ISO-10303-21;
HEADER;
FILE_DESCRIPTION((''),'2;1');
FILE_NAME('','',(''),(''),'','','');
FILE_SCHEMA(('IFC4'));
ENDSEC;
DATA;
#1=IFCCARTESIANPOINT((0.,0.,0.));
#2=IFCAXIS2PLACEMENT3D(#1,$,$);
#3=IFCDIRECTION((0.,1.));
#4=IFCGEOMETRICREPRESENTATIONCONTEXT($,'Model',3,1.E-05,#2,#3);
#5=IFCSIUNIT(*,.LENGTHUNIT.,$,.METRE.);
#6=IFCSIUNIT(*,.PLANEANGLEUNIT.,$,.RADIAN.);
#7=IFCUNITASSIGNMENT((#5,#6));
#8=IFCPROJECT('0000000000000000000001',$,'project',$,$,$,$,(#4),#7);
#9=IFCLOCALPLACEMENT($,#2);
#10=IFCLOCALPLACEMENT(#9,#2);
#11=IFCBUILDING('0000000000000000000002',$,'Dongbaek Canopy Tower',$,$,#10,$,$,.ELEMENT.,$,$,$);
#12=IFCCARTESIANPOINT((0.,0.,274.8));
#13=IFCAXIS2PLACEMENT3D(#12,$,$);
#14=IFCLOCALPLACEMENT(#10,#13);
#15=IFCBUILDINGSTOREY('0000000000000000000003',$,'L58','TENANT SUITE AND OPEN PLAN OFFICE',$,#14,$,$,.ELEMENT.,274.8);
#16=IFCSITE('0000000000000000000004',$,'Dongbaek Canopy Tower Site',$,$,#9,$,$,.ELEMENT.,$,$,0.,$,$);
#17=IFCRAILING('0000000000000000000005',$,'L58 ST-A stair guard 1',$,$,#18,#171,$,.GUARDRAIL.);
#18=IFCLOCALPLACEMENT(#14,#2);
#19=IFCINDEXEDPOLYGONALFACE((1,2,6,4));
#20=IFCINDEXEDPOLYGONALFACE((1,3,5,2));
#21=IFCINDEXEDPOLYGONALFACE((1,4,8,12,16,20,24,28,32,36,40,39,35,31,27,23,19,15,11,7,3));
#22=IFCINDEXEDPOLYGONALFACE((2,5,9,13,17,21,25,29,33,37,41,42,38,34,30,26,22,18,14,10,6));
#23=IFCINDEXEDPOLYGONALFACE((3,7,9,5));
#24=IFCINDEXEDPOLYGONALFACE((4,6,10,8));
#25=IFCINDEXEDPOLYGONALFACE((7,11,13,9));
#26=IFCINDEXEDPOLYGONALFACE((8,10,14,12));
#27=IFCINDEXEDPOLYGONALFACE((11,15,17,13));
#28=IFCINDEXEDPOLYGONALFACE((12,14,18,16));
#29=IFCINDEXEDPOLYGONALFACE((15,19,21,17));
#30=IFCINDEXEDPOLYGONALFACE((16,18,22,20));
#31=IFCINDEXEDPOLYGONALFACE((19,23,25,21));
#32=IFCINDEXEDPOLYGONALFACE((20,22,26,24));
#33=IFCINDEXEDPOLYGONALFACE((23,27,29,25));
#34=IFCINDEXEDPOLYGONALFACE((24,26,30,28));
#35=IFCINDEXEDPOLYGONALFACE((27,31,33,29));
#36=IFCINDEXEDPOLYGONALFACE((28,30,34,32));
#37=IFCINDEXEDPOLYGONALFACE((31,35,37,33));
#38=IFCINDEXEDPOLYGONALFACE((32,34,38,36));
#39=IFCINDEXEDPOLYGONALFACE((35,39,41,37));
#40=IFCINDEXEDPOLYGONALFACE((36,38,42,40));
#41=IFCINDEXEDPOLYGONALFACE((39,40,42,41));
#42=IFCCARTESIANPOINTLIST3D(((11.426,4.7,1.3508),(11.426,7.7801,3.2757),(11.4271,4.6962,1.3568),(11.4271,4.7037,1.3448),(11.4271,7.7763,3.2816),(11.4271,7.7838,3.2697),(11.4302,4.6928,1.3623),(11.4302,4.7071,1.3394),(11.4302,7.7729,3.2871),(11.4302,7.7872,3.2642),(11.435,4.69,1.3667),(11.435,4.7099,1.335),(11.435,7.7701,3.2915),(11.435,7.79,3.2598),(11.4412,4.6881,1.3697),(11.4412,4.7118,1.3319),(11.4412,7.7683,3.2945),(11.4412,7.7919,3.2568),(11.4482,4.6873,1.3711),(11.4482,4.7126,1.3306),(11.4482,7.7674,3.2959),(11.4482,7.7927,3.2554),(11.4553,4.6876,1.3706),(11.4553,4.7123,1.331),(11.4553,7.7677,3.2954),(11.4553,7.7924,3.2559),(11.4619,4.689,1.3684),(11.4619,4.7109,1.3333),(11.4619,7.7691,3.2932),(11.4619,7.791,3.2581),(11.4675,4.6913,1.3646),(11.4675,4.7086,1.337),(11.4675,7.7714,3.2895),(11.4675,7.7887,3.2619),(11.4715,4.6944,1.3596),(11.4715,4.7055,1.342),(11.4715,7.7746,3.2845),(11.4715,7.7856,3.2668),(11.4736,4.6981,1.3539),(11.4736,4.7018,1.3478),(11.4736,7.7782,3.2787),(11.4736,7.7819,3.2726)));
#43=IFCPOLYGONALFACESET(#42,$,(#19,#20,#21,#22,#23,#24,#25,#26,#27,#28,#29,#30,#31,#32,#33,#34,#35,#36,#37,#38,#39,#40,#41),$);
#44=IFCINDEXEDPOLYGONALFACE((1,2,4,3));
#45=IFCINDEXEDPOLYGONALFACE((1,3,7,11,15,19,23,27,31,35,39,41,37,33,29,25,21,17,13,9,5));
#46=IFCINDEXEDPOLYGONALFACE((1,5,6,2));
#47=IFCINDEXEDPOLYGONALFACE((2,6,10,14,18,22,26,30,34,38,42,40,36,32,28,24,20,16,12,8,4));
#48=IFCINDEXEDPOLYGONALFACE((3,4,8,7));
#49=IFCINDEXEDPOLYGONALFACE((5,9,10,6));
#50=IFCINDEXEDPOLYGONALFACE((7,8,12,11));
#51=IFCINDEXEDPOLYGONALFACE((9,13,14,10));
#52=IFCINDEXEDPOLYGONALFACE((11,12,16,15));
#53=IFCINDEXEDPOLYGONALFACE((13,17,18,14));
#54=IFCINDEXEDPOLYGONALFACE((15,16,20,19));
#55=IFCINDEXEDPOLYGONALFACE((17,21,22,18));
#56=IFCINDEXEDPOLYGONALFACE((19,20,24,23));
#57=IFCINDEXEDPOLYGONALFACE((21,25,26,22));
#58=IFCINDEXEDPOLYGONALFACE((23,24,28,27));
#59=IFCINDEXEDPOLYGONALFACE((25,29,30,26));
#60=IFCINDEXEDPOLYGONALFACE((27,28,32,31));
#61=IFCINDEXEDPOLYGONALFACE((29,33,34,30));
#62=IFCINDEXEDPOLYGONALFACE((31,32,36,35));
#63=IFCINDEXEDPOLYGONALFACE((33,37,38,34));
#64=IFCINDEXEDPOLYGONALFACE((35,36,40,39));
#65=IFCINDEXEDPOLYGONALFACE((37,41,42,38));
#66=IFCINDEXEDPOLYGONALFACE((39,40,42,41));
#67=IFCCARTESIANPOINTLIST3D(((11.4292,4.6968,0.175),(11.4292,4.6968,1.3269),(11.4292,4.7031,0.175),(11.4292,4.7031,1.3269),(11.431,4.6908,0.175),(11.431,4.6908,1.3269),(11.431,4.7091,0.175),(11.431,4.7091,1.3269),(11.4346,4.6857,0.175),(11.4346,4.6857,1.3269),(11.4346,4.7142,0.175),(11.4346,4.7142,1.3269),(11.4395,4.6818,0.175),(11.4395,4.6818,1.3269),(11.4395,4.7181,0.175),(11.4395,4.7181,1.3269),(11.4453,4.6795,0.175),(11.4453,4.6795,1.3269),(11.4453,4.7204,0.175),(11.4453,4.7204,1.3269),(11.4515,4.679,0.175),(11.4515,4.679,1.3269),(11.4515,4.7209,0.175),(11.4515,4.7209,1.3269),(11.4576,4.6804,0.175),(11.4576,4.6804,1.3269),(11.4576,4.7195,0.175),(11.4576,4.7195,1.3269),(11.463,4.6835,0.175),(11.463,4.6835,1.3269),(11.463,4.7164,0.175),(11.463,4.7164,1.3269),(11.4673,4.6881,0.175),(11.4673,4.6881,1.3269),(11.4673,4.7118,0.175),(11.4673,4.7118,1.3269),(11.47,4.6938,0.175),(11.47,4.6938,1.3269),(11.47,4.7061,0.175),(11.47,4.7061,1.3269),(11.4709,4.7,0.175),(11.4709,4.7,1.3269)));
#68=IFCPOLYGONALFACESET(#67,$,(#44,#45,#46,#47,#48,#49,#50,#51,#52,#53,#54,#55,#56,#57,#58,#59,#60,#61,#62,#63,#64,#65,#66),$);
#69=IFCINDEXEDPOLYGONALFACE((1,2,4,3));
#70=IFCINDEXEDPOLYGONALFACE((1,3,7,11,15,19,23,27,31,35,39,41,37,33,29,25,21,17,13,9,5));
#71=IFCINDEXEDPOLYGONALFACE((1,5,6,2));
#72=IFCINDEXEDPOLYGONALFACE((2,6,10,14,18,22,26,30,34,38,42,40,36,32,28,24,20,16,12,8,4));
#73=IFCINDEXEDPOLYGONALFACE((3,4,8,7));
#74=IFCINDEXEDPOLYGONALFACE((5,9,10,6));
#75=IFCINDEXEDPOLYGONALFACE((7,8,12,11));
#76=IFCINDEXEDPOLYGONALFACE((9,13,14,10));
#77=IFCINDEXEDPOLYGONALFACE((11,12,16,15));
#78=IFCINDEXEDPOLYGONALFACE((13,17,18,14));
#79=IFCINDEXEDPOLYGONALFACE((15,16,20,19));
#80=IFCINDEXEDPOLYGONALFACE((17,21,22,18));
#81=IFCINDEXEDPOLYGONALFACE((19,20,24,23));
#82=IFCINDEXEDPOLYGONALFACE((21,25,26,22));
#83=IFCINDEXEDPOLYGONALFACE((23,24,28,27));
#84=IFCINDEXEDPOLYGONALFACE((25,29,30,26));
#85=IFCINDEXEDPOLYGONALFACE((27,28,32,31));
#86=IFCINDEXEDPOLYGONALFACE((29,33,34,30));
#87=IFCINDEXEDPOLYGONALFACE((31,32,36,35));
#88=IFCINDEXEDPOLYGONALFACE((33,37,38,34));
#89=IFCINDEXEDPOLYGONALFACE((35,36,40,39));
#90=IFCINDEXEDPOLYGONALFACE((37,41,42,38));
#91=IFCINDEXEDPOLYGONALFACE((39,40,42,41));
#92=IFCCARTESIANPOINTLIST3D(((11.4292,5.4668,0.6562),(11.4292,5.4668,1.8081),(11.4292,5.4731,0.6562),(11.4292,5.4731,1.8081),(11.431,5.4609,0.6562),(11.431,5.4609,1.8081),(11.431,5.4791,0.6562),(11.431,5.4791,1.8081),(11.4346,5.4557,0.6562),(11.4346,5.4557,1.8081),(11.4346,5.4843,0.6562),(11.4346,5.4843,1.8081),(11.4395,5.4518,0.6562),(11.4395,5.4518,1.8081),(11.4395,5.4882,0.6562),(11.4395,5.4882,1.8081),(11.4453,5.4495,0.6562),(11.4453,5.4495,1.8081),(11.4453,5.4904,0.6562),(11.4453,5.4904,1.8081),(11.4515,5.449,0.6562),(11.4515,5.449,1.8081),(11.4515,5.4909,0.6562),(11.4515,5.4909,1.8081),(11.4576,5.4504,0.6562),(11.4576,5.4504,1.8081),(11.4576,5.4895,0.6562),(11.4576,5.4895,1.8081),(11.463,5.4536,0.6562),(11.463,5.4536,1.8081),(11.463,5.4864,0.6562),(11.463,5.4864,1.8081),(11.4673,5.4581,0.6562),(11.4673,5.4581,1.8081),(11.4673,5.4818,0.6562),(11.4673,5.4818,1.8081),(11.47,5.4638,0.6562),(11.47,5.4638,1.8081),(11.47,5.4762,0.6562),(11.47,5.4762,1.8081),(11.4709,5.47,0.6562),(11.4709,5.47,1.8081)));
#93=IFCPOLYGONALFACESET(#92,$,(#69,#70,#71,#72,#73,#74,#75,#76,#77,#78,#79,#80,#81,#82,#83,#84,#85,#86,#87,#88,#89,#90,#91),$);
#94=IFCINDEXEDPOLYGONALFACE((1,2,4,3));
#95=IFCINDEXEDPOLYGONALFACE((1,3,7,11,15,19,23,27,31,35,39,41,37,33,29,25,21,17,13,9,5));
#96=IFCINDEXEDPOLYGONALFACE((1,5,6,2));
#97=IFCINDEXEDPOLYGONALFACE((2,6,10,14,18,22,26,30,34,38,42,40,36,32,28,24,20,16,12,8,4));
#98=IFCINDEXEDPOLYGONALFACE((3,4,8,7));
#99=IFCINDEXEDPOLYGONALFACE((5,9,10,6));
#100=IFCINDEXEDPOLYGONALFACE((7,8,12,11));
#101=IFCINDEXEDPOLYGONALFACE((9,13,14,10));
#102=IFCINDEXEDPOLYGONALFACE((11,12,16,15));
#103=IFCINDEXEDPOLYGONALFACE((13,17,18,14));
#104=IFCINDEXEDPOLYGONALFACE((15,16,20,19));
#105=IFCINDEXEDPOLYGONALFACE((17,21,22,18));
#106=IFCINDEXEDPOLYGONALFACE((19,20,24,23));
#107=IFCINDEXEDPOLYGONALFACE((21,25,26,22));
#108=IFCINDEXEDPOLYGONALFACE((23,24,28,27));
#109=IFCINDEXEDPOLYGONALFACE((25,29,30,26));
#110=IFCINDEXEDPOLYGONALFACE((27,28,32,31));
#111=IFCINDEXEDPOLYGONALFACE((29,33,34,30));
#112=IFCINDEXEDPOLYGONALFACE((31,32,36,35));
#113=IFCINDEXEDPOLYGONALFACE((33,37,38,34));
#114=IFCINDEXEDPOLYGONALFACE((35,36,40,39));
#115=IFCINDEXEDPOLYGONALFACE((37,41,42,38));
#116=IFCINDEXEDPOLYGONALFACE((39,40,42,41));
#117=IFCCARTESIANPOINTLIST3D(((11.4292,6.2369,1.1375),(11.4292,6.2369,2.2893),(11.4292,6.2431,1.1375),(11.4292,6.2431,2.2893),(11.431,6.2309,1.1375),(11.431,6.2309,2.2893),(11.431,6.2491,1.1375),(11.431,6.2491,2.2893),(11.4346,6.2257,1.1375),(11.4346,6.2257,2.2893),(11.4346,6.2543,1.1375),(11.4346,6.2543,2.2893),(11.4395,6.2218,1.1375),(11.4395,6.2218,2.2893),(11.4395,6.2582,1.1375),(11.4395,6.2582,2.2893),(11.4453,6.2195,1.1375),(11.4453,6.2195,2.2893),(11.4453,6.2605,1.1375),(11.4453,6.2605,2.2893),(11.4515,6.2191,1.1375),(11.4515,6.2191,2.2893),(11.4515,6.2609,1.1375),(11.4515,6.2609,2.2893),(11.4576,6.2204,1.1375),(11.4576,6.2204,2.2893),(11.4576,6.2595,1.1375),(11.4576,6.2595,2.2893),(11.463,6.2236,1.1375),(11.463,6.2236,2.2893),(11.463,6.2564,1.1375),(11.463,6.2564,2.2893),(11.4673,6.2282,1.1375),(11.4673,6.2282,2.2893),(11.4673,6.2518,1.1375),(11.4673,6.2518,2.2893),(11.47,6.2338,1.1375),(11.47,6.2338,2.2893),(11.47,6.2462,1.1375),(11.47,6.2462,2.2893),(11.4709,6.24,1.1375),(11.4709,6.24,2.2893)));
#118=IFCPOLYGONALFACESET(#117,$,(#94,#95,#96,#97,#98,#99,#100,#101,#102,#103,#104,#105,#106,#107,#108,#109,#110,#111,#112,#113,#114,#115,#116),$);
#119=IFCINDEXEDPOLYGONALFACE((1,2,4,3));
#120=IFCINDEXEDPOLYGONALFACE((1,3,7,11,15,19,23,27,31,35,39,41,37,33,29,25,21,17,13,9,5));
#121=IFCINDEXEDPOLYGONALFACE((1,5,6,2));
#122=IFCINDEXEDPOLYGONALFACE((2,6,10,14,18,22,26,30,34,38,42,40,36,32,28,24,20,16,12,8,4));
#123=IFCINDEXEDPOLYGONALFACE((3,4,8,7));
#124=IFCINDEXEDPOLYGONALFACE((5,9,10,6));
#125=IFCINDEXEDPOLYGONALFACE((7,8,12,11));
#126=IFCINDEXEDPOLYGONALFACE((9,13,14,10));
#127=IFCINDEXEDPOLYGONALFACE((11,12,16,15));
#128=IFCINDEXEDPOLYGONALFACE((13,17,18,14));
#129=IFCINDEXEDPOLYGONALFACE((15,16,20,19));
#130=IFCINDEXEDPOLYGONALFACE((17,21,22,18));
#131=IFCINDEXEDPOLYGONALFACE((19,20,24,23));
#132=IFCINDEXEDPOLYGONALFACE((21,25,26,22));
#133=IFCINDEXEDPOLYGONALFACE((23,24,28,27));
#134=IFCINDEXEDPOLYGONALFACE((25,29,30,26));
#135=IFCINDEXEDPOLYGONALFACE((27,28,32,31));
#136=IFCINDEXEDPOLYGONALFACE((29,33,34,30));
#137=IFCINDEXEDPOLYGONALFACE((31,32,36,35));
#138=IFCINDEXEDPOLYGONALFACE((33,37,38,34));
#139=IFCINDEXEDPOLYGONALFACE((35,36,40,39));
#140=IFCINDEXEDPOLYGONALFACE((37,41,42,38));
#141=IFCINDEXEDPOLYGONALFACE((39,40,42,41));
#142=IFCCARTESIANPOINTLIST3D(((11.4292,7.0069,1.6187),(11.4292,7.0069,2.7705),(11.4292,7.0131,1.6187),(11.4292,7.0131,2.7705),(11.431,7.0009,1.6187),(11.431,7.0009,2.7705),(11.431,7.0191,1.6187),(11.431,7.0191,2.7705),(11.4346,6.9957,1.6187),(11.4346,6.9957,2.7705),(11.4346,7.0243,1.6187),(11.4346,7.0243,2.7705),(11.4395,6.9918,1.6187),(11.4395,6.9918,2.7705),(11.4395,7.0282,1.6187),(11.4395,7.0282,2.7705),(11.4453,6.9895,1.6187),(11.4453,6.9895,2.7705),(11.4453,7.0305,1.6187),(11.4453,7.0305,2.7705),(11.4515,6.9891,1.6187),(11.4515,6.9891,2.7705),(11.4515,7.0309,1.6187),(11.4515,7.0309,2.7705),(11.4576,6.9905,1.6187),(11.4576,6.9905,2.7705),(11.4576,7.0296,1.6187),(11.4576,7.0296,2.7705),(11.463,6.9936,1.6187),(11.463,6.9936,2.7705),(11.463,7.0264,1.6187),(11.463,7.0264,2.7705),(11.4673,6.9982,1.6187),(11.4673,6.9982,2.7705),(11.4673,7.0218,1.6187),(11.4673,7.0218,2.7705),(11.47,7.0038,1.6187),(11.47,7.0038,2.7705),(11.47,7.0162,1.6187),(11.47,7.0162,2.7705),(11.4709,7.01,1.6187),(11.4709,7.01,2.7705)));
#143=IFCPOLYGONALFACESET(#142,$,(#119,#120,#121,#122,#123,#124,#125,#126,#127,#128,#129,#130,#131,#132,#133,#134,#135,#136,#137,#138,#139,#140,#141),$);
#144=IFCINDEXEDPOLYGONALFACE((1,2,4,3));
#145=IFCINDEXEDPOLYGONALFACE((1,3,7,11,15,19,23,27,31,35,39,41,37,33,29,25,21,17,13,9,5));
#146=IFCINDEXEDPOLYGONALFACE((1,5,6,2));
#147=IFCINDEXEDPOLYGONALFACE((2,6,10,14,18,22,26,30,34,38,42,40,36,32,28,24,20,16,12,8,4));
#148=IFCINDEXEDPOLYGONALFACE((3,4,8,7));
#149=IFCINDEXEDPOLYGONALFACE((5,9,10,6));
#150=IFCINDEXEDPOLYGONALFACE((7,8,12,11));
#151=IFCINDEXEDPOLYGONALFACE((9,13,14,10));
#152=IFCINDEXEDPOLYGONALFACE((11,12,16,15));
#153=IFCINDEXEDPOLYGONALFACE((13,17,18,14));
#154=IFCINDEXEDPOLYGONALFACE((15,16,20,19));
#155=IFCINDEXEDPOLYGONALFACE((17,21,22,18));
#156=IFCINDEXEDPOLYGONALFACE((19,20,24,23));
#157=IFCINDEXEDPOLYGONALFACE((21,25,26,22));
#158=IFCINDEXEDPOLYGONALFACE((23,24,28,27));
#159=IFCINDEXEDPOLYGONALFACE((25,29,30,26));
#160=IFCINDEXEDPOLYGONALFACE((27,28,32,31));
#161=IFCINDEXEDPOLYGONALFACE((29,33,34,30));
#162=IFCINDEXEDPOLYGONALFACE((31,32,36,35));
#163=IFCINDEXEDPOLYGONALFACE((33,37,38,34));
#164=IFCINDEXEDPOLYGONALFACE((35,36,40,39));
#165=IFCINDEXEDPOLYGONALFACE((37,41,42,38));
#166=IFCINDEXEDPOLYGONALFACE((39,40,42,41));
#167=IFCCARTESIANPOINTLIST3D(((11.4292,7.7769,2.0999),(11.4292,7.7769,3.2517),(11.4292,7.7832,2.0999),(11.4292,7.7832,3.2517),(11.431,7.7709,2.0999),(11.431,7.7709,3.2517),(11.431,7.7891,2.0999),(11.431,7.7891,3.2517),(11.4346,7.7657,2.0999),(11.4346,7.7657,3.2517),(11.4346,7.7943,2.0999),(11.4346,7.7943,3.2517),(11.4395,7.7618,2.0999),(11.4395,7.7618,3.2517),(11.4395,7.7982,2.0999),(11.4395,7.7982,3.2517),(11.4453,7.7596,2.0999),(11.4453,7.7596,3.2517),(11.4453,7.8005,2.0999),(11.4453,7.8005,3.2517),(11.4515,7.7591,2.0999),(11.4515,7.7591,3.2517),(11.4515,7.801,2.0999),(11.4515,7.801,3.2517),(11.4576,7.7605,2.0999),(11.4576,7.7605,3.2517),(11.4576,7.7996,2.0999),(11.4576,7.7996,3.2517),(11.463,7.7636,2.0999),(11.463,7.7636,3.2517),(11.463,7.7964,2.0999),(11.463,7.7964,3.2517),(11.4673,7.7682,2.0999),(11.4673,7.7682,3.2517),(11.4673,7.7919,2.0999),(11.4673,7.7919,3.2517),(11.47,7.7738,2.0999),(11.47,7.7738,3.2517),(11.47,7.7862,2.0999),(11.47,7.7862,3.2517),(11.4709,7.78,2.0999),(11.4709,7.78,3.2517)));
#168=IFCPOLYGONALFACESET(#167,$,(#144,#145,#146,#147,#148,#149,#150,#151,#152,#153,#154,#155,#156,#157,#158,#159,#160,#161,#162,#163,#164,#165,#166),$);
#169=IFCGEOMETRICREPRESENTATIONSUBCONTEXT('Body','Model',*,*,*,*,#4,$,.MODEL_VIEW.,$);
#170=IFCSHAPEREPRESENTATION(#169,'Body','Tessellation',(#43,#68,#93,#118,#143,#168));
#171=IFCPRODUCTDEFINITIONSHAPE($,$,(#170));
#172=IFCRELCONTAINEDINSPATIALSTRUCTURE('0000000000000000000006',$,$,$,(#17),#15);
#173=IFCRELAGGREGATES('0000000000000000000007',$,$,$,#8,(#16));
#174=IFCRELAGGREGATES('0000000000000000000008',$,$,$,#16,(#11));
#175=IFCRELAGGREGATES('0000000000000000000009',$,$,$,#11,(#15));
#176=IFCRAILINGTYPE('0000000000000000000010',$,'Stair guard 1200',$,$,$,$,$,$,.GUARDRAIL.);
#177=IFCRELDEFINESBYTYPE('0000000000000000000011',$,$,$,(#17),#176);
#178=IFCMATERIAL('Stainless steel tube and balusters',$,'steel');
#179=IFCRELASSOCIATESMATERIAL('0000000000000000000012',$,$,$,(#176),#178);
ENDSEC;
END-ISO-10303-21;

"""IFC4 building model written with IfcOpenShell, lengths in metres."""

from ifc_helpers import new_model, si_unit, direction, frame, origin, origin_2d, place, context, subcontext, project, spatial, circle, extrude, material, type_object, element, save


model = new_model("IFC4")

# Units and contexts
model_context = context("Model", 3, precision=1e-05, world=origin(), true_north=direction((0.0, 1.0)))
body_context = subcontext(model_context, "Body", "Model", "MODEL_VIEW")
ifc_project = project(units=[si_unit("LENGTHUNIT", "METRE"), si_unit("PLANEANGLEUNIT", "RADIAN")], contexts=[model_context])

# Site, building, storey
site_placement = place(None, origin())
site = spatial("IfcSite", under=ifc_project, at=site_placement, Name="Dongbaek Canopy Tower Site", CompositionType="ELEMENT", RefElevation=0.0)
building_placement = place(site_placement, origin())
building = spatial("IfcBuilding", under=site, at=building_placement, Name="Dongbaek Canopy Tower", CompositionType="ELEMENT")
storey_placement = place(building_placement, frame((0.0, 0.0, 274.8)))
storey = spatial("IfcBuildingStorey", under=building, at=storey_placement, Name="L58", Description="TENANT SUITE AND OPEN PLAN OFFICE", CompositionType="ELEMENT", Elevation=274.8)

# Railing
ifc_material_1 = material(Name="Stainless steel tube and balusters", Category="steel")
railing_type_1 = type_object("IfcRailingType", Name="Stair guard 1200", PredefinedType="GUARDRAIL", material=ifc_material_1)
railing_1_placement = place(storey_placement, frame((11.45, 4.7, 0.175)))
element("IfcRailing", 1, at=railing_1_placement, inside=storey, type_object=railing_type_1, Name="L58 ST-A stair guard 1", PredefinedType="GUARDRAIL", context=body_context, shape_type="SweptSolid", body=[
    extrude(circle(Radius=0.0239, at=origin_2d()), frame((0.0, 0.0, 1.1758), z_axis=(0.0, 0.848029, 0.529951), x_axis=(-1.0, 0.0, 0.0)), (0.0, 0.0, 1.0), 3.6321),
    extrude(circle(Radius=0.021, at=origin_2d()), origin(), (0.0, 0.0, 1.0), 1.1519),
    extrude(circle(Radius=0.021, at=origin_2d()), frame((0.0, 0.77, 0.4812)), (0.0, 0.0, 1.0), 1.1519),
    extrude(circle(Radius=0.021, at=origin_2d()), frame((0.0, 1.54, 0.9624)), (0.0, 0.0, 1.0), 1.1519),
    extrude(circle(Radius=0.021, at=origin_2d()), frame((0.0, 2.3101, 1.4436)), (0.0, 0.0, 1.0), 1.1519),
    extrude(circle(Radius=0.021, at=origin_2d()), frame((0.0, 3.0801, 1.9248)), (0.0, 0.0, 1.0), 1.1519),
])

save(model, "model.ifc")
